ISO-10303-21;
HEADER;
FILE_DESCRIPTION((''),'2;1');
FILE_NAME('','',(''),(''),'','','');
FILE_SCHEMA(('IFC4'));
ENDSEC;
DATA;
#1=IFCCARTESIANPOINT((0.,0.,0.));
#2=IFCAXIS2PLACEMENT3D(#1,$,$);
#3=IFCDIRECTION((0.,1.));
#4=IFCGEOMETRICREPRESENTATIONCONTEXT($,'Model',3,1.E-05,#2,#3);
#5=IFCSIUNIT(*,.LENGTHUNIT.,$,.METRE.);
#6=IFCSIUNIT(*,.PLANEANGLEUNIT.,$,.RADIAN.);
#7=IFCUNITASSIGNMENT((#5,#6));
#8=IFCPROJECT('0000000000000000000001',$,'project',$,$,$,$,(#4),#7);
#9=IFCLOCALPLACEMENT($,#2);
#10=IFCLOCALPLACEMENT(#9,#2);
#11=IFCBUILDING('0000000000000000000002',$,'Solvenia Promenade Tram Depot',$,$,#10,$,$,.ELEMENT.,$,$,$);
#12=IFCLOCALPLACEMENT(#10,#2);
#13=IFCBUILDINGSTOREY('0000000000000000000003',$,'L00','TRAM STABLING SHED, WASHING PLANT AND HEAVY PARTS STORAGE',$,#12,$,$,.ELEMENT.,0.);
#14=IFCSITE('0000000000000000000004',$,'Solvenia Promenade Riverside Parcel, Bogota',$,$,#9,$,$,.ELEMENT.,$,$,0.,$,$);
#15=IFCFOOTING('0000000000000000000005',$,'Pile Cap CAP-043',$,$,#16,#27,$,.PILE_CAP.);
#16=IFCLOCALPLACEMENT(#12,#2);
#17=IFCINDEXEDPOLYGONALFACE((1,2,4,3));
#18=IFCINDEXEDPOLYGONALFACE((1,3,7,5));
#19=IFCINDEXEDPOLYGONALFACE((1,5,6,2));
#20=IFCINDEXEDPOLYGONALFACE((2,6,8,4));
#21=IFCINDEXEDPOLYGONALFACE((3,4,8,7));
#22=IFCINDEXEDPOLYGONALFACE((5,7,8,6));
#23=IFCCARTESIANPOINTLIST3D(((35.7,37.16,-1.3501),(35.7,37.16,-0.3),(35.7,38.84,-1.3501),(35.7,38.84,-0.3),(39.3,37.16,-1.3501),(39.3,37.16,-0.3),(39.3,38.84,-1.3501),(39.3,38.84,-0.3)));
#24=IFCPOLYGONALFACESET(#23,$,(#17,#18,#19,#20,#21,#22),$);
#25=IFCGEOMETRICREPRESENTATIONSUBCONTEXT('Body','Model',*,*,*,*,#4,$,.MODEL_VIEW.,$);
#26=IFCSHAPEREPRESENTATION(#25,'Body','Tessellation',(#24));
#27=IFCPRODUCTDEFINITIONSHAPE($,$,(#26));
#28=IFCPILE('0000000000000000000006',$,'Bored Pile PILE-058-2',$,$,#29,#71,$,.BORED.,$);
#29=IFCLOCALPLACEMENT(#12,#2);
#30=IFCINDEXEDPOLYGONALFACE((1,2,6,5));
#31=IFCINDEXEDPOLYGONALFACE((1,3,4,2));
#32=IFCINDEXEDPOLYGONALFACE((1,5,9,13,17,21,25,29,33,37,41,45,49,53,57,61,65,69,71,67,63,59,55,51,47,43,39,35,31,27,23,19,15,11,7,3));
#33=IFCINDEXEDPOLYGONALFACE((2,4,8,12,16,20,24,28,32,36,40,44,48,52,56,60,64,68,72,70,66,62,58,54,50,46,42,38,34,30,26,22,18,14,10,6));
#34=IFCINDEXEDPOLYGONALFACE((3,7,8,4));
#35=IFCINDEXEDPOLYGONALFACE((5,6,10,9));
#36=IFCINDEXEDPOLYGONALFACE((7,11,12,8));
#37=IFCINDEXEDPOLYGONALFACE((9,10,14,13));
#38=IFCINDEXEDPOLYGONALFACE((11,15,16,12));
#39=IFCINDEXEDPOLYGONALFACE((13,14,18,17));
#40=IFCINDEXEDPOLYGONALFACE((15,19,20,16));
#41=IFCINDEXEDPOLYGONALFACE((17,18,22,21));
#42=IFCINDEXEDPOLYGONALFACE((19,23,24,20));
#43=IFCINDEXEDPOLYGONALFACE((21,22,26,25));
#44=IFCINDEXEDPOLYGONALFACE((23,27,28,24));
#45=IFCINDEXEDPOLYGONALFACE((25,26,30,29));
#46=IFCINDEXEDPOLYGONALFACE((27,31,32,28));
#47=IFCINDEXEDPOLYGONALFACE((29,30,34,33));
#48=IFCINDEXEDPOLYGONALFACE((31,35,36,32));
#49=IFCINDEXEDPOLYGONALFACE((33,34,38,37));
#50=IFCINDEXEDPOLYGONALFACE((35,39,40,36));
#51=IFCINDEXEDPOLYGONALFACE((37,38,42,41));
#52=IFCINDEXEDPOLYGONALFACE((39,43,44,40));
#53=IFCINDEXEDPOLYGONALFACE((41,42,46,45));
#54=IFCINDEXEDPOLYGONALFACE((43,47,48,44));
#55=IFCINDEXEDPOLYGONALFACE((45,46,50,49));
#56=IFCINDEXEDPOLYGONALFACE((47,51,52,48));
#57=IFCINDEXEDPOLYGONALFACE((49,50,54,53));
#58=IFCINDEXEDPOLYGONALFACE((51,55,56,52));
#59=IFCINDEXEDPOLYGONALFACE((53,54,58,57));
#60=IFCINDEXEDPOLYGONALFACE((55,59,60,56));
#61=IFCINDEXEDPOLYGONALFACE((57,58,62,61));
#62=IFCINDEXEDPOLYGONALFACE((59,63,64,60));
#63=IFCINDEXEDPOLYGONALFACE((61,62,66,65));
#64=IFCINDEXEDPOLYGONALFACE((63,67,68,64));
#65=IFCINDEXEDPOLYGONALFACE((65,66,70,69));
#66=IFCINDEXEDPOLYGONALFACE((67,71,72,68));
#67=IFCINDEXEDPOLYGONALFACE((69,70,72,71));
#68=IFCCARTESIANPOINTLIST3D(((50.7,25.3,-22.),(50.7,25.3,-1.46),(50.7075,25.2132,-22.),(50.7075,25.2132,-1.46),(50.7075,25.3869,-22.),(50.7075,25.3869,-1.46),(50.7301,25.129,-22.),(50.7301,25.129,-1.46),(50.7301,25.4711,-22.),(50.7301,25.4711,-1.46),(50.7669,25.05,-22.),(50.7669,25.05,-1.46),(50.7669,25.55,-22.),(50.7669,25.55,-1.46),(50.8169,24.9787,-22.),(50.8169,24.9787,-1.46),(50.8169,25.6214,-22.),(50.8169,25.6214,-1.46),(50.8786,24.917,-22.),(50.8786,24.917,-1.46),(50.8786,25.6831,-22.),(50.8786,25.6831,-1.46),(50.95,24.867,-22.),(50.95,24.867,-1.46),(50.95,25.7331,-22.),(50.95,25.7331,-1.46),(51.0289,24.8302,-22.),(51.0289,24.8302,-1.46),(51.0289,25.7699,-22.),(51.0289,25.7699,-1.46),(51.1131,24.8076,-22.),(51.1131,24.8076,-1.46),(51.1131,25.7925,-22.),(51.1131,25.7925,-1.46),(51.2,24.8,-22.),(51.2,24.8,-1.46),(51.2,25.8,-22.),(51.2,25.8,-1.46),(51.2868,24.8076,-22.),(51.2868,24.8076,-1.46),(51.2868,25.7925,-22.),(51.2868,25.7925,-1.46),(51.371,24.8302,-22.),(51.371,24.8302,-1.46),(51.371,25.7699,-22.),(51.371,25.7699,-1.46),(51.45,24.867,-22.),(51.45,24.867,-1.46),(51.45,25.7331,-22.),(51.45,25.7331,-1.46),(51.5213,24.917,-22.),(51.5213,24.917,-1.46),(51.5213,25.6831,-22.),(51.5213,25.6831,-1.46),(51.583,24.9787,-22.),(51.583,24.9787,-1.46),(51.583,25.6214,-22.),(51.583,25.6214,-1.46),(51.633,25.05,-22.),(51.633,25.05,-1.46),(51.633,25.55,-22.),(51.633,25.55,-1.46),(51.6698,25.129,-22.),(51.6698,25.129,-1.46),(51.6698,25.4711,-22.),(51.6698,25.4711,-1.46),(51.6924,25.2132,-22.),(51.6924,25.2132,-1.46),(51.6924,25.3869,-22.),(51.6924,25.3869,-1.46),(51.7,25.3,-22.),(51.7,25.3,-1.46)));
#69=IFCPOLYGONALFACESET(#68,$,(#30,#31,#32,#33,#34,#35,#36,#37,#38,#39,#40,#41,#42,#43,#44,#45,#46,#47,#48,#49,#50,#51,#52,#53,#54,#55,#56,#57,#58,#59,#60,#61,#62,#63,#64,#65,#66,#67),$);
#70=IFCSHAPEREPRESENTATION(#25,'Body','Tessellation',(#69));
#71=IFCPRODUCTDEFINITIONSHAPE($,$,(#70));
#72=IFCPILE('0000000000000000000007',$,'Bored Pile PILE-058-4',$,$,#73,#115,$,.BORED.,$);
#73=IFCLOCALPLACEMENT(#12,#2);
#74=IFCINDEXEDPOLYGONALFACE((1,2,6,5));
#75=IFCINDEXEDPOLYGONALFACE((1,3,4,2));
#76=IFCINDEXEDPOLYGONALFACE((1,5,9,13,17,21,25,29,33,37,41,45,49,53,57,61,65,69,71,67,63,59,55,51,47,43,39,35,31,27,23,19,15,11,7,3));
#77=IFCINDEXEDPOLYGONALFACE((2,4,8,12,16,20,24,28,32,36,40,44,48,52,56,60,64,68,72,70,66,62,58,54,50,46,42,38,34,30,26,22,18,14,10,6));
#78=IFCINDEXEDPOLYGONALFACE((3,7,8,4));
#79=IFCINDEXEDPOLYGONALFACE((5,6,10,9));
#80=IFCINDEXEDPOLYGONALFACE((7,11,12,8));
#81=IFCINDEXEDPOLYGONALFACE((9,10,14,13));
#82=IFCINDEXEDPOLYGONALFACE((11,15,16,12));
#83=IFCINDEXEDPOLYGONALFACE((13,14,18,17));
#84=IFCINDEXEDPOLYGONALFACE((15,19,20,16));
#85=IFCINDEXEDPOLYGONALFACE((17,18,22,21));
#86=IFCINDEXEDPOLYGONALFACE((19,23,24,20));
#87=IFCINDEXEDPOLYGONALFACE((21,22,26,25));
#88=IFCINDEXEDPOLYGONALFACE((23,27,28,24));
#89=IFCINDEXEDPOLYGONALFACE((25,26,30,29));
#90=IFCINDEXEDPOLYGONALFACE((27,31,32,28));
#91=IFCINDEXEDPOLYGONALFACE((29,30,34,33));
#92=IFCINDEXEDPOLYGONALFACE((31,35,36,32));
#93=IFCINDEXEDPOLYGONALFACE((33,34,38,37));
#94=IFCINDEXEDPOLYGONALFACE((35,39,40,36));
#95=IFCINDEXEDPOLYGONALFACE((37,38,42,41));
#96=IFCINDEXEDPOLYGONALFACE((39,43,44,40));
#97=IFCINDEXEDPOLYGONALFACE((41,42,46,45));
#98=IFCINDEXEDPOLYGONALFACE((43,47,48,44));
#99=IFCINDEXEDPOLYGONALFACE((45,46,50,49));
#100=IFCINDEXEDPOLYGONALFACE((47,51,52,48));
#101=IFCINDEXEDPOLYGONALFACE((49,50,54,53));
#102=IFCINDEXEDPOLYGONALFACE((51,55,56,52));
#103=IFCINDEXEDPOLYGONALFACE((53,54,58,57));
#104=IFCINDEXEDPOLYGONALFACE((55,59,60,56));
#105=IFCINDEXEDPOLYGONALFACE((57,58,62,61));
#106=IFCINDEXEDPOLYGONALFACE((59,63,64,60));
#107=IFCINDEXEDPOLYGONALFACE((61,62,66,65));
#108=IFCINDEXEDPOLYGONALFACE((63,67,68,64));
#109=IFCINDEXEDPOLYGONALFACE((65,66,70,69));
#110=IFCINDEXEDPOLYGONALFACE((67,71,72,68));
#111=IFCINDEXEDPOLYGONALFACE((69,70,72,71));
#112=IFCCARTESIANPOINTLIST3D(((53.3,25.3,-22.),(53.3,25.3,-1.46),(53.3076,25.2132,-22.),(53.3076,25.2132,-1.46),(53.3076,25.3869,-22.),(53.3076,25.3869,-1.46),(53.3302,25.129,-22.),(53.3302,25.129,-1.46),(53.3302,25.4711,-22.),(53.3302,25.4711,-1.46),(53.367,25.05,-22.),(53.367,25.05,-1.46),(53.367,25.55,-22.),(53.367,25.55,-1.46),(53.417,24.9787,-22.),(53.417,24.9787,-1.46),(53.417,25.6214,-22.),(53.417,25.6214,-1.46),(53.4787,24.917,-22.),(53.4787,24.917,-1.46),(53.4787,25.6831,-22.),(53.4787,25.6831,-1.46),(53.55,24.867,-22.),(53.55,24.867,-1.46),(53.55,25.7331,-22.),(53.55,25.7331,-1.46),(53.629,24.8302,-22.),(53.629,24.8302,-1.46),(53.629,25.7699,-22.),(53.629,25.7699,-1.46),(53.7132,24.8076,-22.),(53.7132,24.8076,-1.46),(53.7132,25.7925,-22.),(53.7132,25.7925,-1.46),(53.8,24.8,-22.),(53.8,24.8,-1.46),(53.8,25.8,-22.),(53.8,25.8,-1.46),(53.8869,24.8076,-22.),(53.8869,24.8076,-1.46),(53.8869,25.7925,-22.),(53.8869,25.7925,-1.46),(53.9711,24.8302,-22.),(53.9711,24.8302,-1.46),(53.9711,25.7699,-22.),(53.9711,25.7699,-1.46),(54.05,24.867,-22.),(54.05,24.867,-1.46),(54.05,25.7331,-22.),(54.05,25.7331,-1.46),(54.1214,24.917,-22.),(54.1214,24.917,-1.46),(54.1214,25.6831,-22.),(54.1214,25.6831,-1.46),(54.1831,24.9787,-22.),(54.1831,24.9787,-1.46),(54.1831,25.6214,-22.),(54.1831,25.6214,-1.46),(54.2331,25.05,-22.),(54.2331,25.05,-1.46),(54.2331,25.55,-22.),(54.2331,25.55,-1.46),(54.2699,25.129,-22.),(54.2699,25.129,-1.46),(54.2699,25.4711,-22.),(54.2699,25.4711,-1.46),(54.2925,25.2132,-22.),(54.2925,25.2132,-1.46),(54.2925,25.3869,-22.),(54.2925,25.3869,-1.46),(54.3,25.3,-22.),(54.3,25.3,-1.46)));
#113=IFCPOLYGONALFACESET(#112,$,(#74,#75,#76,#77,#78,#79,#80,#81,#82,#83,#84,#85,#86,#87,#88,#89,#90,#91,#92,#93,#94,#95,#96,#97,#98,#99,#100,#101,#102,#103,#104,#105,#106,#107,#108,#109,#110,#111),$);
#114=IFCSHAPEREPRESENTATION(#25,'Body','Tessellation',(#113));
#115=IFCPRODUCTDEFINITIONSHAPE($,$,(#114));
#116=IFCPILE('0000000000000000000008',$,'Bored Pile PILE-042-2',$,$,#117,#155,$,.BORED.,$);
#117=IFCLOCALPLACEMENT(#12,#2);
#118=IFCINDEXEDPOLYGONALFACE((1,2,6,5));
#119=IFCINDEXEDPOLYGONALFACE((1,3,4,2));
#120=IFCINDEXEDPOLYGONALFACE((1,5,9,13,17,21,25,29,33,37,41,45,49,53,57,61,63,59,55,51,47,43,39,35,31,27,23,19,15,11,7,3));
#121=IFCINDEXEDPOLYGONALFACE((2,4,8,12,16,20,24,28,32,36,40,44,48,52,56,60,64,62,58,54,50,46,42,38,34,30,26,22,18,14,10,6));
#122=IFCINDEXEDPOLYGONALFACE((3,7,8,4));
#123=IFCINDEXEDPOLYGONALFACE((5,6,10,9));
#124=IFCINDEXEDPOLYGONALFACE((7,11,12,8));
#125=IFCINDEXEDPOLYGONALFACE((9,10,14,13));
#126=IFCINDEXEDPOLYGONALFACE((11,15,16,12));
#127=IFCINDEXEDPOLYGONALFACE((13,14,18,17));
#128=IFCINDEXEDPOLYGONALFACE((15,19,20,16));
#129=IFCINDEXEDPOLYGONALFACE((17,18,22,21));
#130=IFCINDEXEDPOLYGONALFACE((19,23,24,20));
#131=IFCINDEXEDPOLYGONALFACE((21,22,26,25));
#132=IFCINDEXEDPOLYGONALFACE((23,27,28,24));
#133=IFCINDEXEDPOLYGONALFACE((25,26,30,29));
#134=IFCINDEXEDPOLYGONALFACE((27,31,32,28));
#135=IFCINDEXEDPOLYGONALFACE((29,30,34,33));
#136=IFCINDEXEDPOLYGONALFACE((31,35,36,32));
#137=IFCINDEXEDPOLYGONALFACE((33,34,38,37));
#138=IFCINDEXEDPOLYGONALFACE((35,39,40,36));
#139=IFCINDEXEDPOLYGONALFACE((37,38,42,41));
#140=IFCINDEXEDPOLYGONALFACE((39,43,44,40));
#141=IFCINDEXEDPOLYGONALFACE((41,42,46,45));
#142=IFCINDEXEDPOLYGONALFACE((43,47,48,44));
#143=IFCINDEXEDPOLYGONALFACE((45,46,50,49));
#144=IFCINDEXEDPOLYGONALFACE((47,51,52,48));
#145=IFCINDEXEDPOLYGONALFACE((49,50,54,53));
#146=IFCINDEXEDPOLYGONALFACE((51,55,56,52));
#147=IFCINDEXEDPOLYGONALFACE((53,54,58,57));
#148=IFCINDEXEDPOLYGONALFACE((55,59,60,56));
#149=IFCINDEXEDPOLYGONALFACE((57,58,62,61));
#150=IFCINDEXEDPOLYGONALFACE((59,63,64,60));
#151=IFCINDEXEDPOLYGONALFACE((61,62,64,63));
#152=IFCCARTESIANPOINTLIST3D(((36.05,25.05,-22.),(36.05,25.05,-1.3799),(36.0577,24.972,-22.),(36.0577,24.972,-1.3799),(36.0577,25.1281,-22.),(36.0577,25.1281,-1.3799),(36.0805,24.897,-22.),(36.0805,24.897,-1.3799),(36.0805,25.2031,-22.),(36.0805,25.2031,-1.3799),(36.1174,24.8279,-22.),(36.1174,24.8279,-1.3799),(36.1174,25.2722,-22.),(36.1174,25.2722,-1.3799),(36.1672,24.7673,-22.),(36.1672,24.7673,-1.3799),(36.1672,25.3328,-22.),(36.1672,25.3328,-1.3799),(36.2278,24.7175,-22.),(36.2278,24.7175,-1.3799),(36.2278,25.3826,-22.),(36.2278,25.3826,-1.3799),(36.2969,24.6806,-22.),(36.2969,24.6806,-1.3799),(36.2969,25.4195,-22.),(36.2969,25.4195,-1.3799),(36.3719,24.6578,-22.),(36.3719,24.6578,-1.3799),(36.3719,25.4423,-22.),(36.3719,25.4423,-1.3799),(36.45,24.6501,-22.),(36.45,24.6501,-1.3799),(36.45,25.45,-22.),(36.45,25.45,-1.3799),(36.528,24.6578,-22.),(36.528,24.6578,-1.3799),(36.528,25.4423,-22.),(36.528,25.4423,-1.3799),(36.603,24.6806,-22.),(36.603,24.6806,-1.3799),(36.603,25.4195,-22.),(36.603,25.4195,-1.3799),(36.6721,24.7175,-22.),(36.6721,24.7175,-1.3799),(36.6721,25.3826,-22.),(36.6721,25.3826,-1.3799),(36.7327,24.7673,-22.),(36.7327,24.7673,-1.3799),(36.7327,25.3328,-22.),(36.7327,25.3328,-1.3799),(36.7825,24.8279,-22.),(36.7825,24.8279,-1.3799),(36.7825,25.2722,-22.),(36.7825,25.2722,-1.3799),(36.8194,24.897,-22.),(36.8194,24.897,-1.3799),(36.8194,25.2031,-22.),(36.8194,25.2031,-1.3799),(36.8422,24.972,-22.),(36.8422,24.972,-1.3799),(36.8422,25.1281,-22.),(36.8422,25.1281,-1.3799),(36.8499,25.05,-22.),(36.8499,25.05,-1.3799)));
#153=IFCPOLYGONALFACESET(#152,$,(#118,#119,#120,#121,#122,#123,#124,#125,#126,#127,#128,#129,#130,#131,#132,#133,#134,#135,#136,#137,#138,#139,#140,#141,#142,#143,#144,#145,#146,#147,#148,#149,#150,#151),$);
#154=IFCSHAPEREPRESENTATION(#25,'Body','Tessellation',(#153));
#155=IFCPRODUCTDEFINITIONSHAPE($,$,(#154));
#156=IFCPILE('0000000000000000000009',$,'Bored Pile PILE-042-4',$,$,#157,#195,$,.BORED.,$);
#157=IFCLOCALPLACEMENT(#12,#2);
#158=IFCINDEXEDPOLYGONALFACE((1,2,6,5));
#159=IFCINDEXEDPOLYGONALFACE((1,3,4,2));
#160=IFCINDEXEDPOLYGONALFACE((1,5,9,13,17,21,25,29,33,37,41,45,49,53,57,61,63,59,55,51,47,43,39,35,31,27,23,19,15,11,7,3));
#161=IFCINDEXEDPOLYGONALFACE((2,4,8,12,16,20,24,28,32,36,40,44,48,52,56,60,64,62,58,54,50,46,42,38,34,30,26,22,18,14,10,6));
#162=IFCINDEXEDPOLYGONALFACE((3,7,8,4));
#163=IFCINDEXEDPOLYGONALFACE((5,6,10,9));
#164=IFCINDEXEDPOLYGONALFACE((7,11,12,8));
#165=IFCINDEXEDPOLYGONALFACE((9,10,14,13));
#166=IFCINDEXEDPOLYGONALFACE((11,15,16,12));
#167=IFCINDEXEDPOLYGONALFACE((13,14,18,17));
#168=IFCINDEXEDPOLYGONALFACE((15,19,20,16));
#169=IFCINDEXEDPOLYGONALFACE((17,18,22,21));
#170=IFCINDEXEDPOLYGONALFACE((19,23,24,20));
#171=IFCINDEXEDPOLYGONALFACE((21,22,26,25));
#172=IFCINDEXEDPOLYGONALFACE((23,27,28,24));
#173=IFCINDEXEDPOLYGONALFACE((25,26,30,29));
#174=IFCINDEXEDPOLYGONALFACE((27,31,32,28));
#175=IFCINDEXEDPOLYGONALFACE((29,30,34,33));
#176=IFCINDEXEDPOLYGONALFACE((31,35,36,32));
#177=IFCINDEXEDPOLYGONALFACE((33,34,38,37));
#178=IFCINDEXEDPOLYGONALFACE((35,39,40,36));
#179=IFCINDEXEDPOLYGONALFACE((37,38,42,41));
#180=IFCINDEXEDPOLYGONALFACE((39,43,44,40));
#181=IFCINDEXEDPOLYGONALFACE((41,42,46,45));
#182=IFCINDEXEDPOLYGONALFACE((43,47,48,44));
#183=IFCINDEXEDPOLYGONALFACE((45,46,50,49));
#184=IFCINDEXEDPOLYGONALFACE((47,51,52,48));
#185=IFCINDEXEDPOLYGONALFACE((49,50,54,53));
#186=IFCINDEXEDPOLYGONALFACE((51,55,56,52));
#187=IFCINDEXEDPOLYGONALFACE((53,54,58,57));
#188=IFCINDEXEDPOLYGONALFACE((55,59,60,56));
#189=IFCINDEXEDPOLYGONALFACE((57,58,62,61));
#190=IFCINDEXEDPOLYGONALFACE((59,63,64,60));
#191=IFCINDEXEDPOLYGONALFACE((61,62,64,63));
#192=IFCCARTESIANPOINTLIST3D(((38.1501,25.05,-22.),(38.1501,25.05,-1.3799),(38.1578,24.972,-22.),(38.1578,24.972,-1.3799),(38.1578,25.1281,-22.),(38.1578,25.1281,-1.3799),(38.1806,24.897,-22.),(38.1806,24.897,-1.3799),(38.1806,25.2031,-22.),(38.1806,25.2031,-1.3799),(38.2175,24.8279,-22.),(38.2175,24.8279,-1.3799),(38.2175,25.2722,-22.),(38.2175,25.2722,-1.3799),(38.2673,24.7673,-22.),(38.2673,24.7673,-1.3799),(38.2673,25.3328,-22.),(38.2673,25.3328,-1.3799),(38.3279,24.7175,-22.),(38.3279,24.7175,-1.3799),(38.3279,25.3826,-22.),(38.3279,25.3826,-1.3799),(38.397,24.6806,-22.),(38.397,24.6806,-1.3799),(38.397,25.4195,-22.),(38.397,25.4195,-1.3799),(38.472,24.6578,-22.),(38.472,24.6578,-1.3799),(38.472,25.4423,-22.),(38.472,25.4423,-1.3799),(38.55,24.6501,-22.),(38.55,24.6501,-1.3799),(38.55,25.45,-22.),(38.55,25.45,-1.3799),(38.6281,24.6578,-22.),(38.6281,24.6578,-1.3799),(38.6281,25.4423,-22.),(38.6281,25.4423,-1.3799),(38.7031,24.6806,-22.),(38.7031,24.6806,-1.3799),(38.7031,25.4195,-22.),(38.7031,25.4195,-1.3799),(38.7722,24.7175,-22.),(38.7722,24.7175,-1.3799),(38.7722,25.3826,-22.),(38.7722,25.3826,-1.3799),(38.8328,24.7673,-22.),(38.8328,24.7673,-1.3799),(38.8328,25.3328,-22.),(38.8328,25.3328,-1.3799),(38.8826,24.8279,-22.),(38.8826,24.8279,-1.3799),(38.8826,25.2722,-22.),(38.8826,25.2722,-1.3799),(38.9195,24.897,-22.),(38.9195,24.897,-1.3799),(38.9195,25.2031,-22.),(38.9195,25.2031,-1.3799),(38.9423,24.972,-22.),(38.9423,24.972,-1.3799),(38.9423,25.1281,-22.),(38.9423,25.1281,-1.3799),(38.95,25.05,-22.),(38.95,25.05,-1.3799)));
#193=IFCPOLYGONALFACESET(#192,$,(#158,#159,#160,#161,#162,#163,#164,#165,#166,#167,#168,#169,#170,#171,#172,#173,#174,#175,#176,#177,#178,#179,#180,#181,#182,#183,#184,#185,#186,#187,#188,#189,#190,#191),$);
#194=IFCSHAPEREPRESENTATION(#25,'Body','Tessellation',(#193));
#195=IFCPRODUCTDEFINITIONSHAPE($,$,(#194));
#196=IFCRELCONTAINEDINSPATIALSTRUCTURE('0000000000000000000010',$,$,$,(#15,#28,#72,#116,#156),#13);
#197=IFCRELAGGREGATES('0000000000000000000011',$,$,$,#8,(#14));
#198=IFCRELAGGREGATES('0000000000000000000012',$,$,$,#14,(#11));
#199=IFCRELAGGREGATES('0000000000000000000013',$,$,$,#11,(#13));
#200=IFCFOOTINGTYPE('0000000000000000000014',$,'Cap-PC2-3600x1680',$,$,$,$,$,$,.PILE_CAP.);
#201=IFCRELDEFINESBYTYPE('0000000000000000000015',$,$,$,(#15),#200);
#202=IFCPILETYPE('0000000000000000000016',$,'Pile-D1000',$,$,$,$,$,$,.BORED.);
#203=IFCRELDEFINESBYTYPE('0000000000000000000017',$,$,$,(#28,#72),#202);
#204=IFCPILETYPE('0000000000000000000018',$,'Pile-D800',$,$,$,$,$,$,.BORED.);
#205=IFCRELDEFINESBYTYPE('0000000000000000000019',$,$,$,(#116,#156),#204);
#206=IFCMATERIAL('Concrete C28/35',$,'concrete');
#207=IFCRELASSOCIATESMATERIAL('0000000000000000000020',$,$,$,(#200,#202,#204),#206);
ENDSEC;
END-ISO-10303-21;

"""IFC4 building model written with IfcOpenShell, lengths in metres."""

from ifc_helpers import new_model, si_unit, direction, frame, origin, origin_2d, place, context, subcontext, project, spatial, rectangle, circle, extrude, material, material_profile, profile_set, type_object, element, save


model = new_model("IFC4")

# Units and contexts
model_context = context("Model", 3, precision=1e-05, world=origin(), true_north=direction((0.0, 1.0)))
body_context = subcontext(model_context, "Body", "Model", "MODEL_VIEW")
ifc_project = project(units=[si_unit("LENGTHUNIT", "METRE"), si_unit("PLANEANGLEUNIT", "RADIAN")], contexts=[model_context])

# Site, building, storey
site_placement = place(None, origin())
site = spatial("IfcSite", under=ifc_project, at=site_placement, Name="Solvenia Promenade Riverside Parcel, Bogota", CompositionType="ELEMENT", RefElevation=0.0)
building_placement = place(site_placement, origin())
building = spatial("IfcBuilding", under=site, at=building_placement, Name="Solvenia Promenade Tram Depot", CompositionType="ELEMENT")
storey_placement = place(building_placement, origin())
storey = spatial("IfcBuildingStorey", under=building, at=storey_placement, Name="L00", Description="TRAM STABLING SHED, WASHING PLANT AND HEAVY PARTS STORAGE", CompositionType="ELEMENT", Elevation=0.0)

# Footing
ifc_material_1 = material(Name="Concrete C28/35", Category="concrete")
footing_type_1 = type_object("IfcFootingType", Name="Cap-PC2-3600x1680", PredefinedType="PILE_CAP", material=ifc_material_1)
footing_1_placement = place(storey_placement, frame((37.5, 38.0, -1.3501), z_axis=(0.0, 0.0, 1.0), x_axis=(1.0, 0.0, 0.0)))
element("IfcFooting", 1, at=footing_1_placement, inside=storey, type_object=footing_type_1, Name="Pile Cap CAP-043", PredefinedType="PILE_CAP", context=body_context, shape_type="SweptSolid", body=[
    extrude(rectangle(XDim=3.6001, YDim=1.6799, at=origin_2d()), origin(), (0.0, 0.0, 1.0), 1.05),
])

# Piles
ifc_material_profile_1 = material_profile(ifc_material_1, circle(Radius=0.5, at=origin_2d()), Name="D1000", Category="concrete")
ifc_profile_set_1 = profile_set([ifc_material_profile_1], Name="Concrete C28/35")
pile_type_1 = type_object("IfcPileType", Name="Pile-D1000", PredefinedType="BORED", material=ifc_profile_set_1)
for number, where, z_axis, x_axis, name in (
    (2, (51.2, 25.3, -1.46), (0.0, 0.0, -1.0), (1.0, 0.0, 0.0), "Bored Pile PILE-058-2"),
    (3, (53.8, 25.3, -1.46), (0.0, 0.0, -1.0), (1.0, 0.0, 0.0), "Bored Pile PILE-058-4"),
):
    element("IfcPile", number, at=place(storey_placement, frame(where, z_axis=z_axis, x_axis=x_axis)), inside=storey, type_object=pile_type_1, Name=name, PredefinedType="BORED", context=body_context, shape_type="SweptSolid", body=[
        extrude(circle(Radius=0.5, at=origin_2d()), origin(), (0.0, 0.0, 1.0), 20.54),
    ])
ifc_material_profile_2 = material_profile(ifc_material_1, circle(Radius=0.3999, at=origin_2d()), Name="D800", Category="concrete")
ifc_profile_set_2 = profile_set([ifc_material_profile_2], Name="Concrete C28/35")
pile_type_2 = type_object("IfcPileType", Name="Pile-D800", PredefinedType="BORED", material=ifc_profile_set_2)
for number, where, z_axis, x_axis, name in (
    (4, (36.45, 25.05, -1.3799), (0.0, 0.0, -1.0), (1.0, 0.0, 0.0), "Bored Pile PILE-042-2"),
    (5, (38.55, 25.05, -1.3799), (0.0, 0.0, -1.0), (1.0, 0.0, 0.0), "Bored Pile PILE-042-4"),
):
    element("IfcPile", number, at=place(storey_placement, frame(where, z_axis=z_axis, x_axis=x_axis)), inside=storey, type_object=pile_type_2, Name=name, PredefinedType="BORED", context=body_context, shape_type="SweptSolid", body=[
        extrude(circle(Radius=0.3999, at=origin_2d()), origin(), (0.0, 0.0, 1.0), 20.6201),
    ])

save(model, "model.ifc")
